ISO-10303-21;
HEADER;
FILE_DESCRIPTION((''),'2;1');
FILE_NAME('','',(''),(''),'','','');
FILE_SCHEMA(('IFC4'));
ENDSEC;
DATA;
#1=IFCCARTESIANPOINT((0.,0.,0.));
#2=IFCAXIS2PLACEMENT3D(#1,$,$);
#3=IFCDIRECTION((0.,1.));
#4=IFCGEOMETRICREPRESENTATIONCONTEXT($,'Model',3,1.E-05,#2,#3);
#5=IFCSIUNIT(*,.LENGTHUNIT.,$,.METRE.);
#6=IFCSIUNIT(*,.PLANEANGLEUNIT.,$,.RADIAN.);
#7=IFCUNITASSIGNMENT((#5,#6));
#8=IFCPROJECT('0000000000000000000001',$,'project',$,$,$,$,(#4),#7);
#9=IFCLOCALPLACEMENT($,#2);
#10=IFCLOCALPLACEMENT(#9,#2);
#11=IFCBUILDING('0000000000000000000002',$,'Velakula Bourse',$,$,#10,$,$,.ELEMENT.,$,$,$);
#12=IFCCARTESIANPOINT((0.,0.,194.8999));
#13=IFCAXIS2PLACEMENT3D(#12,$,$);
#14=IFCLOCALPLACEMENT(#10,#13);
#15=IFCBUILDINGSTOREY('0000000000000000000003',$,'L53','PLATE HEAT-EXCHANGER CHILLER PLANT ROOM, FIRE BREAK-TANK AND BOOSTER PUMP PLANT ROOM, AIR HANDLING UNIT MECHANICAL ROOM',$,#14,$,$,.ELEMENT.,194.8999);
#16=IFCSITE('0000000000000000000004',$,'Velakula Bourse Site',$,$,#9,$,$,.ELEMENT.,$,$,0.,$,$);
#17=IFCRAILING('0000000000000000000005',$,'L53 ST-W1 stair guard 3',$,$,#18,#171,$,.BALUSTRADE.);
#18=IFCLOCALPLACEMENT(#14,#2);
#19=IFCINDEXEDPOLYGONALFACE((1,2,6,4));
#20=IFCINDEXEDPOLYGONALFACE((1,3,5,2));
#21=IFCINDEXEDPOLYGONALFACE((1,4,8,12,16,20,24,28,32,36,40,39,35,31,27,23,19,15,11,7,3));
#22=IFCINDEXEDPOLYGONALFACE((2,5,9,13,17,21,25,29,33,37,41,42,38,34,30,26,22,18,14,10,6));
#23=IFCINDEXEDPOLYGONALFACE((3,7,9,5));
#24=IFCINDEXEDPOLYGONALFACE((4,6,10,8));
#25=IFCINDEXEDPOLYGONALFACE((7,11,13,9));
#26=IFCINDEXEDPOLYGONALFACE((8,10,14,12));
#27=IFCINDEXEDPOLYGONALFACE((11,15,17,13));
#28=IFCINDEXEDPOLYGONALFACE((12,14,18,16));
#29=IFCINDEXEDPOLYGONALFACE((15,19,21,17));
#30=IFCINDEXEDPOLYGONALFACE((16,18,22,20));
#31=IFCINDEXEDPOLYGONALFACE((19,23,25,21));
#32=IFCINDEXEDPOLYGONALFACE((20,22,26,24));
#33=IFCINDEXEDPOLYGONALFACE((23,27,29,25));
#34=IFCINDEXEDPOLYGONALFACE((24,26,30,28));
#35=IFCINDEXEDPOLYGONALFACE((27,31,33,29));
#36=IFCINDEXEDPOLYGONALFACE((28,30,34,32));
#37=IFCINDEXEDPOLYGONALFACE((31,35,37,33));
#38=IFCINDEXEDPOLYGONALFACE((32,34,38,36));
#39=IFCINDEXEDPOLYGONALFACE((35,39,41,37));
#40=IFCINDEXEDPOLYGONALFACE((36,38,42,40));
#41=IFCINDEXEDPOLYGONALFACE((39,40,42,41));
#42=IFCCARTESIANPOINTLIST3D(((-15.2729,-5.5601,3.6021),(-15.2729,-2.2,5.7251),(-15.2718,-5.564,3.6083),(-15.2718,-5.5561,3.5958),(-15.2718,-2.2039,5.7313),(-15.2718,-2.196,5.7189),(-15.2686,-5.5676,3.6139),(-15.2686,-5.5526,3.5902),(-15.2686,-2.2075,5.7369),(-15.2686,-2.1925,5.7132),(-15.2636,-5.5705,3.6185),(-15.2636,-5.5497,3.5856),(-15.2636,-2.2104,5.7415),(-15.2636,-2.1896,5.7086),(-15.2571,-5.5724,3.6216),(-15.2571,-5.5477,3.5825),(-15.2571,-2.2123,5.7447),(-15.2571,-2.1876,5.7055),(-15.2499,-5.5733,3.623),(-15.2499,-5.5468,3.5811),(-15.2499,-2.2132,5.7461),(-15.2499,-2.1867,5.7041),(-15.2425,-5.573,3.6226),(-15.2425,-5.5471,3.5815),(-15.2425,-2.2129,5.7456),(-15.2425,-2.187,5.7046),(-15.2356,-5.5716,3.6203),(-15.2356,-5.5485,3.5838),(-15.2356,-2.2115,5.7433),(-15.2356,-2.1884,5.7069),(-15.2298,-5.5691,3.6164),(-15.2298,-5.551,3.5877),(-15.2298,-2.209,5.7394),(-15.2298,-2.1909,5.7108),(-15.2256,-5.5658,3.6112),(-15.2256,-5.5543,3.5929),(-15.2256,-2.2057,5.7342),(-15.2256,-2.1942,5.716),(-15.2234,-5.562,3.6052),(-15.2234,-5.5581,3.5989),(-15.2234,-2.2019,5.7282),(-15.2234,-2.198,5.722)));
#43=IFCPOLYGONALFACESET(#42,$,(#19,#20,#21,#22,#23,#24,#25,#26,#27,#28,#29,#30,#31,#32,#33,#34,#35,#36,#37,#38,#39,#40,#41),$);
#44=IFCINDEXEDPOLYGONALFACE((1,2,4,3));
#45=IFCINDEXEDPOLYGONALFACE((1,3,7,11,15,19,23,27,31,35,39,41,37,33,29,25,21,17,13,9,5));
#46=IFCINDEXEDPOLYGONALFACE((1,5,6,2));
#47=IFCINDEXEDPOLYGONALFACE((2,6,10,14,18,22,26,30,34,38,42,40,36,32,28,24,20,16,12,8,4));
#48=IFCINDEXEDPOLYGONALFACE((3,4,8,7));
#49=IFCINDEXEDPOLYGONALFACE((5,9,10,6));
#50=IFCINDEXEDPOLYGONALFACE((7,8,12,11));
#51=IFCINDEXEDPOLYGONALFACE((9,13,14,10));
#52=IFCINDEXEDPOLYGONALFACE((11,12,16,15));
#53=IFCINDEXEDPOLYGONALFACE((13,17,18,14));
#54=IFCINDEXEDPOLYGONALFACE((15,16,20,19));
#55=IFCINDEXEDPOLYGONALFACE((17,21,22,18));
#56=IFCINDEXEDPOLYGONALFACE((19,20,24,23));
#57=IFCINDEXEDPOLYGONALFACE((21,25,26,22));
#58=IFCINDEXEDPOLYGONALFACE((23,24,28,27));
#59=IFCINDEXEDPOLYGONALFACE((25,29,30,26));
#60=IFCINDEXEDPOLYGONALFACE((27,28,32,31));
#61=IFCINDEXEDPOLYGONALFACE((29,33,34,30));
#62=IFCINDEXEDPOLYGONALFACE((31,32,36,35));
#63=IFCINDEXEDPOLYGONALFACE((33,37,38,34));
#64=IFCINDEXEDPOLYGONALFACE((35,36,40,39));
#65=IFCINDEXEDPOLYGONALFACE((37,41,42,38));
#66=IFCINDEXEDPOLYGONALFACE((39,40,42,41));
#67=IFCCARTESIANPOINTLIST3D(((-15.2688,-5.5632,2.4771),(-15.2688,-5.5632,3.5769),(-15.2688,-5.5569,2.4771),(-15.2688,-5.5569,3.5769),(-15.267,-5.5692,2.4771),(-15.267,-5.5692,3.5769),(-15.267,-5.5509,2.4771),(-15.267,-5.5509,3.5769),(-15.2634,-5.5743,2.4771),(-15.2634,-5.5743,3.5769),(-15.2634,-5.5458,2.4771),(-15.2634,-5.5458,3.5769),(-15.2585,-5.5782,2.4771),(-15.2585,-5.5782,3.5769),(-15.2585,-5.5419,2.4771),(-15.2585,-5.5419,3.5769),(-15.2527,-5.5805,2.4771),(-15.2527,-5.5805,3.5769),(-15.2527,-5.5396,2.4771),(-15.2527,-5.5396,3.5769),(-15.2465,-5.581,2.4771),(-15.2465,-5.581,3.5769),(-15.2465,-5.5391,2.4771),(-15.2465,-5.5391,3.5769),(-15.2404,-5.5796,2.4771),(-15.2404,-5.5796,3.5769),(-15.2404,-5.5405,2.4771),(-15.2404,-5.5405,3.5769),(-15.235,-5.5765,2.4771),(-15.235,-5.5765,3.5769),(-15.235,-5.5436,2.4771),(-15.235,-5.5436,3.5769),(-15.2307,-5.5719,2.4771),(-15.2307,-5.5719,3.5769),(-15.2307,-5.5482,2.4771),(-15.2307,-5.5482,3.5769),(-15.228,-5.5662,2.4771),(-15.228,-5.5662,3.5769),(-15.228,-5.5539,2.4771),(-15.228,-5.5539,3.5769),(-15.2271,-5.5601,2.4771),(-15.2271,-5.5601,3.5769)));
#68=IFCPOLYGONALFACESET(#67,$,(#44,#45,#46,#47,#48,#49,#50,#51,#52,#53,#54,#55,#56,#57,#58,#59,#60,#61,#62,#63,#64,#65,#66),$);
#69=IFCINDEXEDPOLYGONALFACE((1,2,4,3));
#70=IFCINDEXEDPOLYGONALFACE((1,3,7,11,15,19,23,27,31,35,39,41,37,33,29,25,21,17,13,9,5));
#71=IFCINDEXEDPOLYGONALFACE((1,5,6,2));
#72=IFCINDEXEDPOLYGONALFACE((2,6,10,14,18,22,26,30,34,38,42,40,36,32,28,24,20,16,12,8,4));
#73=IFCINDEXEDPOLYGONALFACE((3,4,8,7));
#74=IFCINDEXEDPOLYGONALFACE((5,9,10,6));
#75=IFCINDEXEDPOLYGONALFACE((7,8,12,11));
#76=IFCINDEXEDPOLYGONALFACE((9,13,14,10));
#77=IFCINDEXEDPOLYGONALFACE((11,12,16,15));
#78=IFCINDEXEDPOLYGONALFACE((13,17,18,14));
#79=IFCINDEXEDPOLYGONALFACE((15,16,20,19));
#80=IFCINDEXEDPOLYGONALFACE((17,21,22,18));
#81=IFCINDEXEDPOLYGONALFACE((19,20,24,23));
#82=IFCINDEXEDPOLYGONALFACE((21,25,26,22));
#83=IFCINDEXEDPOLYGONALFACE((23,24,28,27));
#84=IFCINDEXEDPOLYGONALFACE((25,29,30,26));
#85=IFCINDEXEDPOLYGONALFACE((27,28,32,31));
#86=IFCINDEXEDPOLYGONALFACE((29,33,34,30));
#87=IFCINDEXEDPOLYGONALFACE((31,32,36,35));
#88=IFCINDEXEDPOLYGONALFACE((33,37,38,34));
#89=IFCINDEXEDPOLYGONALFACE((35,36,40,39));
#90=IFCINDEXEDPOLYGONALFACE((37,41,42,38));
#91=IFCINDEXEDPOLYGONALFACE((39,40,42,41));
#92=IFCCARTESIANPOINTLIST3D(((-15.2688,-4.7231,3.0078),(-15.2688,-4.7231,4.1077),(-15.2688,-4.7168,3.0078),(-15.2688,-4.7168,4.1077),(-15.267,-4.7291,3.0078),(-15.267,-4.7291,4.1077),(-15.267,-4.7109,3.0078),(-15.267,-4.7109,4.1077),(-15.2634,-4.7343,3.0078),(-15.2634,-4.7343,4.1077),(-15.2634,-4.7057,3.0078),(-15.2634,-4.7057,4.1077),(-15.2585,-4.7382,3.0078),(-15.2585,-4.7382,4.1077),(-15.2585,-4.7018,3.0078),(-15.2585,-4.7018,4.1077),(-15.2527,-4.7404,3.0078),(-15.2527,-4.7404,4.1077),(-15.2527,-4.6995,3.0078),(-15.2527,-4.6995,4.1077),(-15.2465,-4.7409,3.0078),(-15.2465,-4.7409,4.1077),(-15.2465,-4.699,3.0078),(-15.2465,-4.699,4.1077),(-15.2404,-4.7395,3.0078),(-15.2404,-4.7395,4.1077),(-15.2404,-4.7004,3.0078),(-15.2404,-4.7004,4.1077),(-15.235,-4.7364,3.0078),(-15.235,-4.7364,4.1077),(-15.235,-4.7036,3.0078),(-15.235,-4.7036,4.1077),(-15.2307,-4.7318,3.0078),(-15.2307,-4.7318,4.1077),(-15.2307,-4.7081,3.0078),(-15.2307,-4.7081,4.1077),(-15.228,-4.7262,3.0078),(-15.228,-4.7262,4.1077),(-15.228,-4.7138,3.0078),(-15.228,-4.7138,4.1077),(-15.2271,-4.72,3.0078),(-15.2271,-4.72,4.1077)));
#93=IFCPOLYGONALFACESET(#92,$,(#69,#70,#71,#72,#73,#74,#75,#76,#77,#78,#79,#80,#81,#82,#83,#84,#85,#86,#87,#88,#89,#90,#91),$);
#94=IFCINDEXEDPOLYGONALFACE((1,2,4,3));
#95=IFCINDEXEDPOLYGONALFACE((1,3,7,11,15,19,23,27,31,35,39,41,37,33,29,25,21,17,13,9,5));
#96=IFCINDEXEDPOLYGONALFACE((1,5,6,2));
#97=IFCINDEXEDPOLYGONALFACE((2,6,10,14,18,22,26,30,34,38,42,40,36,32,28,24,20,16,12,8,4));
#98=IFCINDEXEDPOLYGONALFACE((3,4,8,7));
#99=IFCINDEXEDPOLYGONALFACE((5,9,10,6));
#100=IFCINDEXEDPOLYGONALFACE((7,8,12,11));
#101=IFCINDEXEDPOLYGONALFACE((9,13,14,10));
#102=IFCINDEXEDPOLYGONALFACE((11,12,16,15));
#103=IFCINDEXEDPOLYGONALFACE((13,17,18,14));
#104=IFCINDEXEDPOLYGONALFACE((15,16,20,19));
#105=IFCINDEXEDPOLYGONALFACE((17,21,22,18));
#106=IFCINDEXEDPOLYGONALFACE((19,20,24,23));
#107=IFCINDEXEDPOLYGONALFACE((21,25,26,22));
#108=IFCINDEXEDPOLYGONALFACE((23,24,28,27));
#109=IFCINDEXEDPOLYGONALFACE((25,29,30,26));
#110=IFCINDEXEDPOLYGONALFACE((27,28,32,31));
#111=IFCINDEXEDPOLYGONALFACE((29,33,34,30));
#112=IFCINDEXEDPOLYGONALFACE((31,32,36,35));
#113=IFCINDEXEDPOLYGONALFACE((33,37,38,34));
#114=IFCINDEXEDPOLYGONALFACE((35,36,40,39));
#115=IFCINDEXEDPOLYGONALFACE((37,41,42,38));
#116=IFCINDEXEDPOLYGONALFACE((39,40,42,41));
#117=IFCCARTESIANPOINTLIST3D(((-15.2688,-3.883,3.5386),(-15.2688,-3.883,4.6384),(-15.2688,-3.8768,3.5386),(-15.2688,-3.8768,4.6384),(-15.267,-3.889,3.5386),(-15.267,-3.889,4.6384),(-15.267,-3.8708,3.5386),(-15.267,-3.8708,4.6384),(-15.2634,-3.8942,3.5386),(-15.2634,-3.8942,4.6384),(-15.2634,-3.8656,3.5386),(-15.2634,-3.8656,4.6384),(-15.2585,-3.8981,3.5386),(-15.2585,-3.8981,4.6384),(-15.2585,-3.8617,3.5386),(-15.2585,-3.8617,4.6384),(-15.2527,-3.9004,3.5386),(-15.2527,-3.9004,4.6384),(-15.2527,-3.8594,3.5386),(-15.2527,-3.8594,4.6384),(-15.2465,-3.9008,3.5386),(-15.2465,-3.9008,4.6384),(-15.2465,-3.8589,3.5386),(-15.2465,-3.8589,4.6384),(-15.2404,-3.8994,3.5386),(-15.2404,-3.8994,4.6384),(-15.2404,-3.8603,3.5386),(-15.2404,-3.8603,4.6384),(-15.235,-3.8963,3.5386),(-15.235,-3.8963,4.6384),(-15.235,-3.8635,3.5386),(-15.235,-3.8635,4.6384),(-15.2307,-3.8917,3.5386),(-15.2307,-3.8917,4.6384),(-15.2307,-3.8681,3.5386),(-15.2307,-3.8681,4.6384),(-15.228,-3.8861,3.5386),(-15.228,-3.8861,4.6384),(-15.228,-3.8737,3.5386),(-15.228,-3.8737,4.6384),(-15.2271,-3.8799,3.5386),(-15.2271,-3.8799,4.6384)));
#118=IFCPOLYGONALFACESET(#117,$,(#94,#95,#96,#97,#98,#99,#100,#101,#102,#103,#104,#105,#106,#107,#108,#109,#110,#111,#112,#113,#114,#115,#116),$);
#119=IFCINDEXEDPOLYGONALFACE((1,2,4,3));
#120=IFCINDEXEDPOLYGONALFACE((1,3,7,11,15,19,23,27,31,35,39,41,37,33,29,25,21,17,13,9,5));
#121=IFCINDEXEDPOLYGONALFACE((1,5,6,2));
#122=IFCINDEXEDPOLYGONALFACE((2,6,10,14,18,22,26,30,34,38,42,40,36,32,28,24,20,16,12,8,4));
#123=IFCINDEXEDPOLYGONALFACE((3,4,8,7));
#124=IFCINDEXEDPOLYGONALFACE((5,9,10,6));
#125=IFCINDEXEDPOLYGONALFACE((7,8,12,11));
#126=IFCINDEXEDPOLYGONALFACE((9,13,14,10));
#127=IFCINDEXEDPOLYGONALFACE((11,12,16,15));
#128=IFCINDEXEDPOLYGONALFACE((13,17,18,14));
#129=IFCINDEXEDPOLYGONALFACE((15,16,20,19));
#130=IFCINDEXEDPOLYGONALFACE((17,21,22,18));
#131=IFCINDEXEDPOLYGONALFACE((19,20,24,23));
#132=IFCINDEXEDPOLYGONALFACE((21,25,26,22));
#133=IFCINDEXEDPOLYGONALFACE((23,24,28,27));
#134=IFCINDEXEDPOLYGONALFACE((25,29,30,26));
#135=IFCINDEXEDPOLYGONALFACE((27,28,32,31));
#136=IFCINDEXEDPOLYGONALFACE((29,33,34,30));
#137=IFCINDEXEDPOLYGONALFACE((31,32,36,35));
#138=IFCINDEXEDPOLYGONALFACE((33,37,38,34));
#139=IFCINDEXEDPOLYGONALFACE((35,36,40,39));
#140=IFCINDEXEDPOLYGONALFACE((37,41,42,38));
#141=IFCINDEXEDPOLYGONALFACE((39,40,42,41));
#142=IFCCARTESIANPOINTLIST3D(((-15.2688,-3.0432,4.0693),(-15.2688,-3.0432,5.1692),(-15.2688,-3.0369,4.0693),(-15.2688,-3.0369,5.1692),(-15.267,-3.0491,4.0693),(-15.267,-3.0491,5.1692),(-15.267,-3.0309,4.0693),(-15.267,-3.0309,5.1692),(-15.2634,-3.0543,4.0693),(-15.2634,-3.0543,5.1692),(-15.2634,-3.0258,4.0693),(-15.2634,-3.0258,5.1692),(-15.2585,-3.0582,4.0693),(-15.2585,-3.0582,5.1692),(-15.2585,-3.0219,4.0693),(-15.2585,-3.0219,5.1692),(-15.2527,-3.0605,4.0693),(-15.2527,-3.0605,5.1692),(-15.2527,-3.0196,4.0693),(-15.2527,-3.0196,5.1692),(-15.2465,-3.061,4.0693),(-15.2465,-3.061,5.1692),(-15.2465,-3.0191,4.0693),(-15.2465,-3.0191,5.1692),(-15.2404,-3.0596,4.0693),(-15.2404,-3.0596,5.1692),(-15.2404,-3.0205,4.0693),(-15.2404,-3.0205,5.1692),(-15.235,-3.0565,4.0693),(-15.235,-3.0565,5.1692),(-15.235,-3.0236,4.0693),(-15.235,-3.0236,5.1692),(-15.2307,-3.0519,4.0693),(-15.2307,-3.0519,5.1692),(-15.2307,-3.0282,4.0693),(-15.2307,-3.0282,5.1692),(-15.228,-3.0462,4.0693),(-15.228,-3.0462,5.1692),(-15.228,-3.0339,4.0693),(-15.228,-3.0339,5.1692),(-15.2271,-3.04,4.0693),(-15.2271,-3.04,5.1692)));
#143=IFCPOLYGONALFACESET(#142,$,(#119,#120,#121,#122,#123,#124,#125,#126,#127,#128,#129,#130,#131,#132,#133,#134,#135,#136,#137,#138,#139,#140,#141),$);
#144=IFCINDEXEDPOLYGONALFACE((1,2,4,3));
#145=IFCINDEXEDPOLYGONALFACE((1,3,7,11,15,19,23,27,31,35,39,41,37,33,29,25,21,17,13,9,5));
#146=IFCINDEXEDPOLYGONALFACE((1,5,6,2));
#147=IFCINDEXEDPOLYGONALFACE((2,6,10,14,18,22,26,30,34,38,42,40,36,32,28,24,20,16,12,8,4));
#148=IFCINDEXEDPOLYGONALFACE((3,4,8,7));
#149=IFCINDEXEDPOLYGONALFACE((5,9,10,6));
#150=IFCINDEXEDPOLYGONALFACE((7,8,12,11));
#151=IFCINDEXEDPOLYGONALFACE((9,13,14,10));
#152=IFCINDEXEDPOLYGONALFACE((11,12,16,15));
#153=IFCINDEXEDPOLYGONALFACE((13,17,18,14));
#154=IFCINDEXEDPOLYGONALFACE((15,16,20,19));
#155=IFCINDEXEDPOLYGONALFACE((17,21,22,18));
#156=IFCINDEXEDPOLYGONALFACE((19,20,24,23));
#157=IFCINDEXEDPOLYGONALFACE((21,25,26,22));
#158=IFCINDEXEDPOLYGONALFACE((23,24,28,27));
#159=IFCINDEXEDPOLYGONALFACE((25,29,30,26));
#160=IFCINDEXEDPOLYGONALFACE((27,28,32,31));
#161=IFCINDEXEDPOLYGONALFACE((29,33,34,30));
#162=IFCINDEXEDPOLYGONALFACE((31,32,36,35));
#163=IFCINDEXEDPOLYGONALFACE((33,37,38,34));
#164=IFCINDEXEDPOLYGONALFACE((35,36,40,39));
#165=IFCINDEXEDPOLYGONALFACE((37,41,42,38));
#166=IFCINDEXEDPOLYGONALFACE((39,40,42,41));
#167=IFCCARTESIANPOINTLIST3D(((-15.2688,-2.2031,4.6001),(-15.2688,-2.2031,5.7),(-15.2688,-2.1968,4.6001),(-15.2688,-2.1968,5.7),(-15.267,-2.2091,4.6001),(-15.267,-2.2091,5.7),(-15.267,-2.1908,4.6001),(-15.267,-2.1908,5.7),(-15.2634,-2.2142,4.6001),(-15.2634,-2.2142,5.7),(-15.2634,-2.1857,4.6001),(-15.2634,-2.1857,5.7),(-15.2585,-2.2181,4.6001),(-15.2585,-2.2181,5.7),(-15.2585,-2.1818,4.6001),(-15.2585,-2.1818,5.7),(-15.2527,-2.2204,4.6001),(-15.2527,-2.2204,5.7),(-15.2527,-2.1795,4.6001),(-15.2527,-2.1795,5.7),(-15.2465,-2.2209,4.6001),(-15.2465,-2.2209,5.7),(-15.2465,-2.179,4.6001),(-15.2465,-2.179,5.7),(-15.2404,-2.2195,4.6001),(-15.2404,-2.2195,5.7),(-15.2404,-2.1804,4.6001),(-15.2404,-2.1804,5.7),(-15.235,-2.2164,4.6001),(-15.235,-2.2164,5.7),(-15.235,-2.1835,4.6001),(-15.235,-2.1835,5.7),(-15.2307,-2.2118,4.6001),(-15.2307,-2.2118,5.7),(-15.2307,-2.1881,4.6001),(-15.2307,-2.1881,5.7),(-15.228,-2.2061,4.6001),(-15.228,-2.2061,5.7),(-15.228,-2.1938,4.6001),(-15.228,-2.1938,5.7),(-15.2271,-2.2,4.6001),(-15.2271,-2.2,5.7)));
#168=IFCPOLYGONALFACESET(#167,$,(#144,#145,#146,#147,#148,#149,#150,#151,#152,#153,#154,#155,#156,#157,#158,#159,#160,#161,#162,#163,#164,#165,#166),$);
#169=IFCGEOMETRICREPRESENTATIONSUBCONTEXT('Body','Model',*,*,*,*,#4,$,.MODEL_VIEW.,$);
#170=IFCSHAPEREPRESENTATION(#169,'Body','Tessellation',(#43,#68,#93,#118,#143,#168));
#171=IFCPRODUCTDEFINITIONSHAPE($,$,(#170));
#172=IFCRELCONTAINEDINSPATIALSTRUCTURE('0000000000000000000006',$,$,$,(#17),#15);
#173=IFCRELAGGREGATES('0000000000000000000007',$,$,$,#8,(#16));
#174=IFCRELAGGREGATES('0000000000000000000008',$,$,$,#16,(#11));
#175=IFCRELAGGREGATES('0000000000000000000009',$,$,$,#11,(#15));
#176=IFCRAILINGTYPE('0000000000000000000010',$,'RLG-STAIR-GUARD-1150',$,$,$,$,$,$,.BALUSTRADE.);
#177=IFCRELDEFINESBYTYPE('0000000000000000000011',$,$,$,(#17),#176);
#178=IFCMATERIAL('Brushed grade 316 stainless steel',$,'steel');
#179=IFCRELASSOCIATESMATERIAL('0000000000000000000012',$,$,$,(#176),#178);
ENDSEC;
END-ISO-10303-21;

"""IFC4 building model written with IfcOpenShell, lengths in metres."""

from ifc_helpers import new_model, si_unit, direction, frame, origin, origin_2d, place, context, subcontext, project, spatial, circle, extrude, material, type_object, element, save


model = new_model("IFC4")

# Units and contexts
model_context = context("Model", 3, precision=1e-05, world=origin(), true_north=direction((0.0, 1.0)))
body_context = subcontext(model_context, "Body", "Model", "MODEL_VIEW")
ifc_project = project(units=[si_unit("LENGTHUNIT", "METRE"), si_unit("PLANEANGLEUNIT", "RADIAN")], contexts=[model_context])

# Site, building, storey
site_placement = place(None, origin())
site = spatial("IfcSite", under=ifc_project, at=site_placement, Name="Velakula Bourse Site", CompositionType="ELEMENT", RefElevation=0.0)
building_placement = place(site_placement, origin())
building = spatial("IfcBuilding", under=site, at=building_placement, Name="Velakula Bourse", CompositionType="ELEMENT")
storey_placement = place(building_placement, frame((0.0, 0.0, 194.8999)))
storey = spatial("IfcBuildingStorey", under=building, at=storey_placement, Name="L53", Description="PLATE HEAT-EXCHANGER CHILLER PLANT ROOM, FIRE BREAK-TANK AND BOOSTER PUMP PLANT ROOM, AIR HANDLING UNIT MECHANICAL ROOM", CompositionType="ELEMENT", Elevation=194.8999)

# Shared definitions
ifc_material_1 = material(Name="Brushed grade 316 stainless steel", Category="steel")

# Railing
railing_type_1 = type_object("IfcRailingType", Name="RLG-STAIR-GUARD-1150", PredefinedType="BALUSTRADE", material=ifc_material_1)
railing_1_placement = place(storey_placement, frame((-15.248, -5.5601, 2.4771)))
element("IfcRailing", 1, at=railing_1_placement, inside=storey, type_object=railing_type_1, Name="L53 ST-W1 stair guard 3", PredefinedType="BALUSTRADE", context=body_context, shape_type="SweptSolid", body=[
    extrude(circle(Radius=0.0249, at=origin_2d()), frame((0.0, 0.0, 1.125), z_axis=(0.0, 0.84539, 0.53415), x_axis=(-1.0, 0.0, 0.0)), (0.0, 0.0, 1.0), 3.9746),
    extrude(circle(Radius=0.021, at=origin_2d()), origin(), (0.0, 0.0, 1.0), 1.0999),
    extrude(circle(Radius=0.021, at=origin_2d()), frame((0.0, 0.8401, 0.5308)), (0.0, 0.0, 1.0), 1.0999),
    extrude(circle(Radius=0.021, at=origin_2d()), frame((0.0, 1.6802, 1.0615)), (0.0, 0.0, 1.0), 1.0999),
    extrude(circle(Radius=0.021, at=origin_2d()), frame((0.0, 2.52, 1.5923)), (0.0, 0.0, 1.0), 1.0999),
    extrude(circle(Radius=0.021, at=origin_2d()), frame((0.0, 3.3601, 2.123)), (0.0, 0.0, 1.0), 1.0999),
])

save(model, "model.ifc")
